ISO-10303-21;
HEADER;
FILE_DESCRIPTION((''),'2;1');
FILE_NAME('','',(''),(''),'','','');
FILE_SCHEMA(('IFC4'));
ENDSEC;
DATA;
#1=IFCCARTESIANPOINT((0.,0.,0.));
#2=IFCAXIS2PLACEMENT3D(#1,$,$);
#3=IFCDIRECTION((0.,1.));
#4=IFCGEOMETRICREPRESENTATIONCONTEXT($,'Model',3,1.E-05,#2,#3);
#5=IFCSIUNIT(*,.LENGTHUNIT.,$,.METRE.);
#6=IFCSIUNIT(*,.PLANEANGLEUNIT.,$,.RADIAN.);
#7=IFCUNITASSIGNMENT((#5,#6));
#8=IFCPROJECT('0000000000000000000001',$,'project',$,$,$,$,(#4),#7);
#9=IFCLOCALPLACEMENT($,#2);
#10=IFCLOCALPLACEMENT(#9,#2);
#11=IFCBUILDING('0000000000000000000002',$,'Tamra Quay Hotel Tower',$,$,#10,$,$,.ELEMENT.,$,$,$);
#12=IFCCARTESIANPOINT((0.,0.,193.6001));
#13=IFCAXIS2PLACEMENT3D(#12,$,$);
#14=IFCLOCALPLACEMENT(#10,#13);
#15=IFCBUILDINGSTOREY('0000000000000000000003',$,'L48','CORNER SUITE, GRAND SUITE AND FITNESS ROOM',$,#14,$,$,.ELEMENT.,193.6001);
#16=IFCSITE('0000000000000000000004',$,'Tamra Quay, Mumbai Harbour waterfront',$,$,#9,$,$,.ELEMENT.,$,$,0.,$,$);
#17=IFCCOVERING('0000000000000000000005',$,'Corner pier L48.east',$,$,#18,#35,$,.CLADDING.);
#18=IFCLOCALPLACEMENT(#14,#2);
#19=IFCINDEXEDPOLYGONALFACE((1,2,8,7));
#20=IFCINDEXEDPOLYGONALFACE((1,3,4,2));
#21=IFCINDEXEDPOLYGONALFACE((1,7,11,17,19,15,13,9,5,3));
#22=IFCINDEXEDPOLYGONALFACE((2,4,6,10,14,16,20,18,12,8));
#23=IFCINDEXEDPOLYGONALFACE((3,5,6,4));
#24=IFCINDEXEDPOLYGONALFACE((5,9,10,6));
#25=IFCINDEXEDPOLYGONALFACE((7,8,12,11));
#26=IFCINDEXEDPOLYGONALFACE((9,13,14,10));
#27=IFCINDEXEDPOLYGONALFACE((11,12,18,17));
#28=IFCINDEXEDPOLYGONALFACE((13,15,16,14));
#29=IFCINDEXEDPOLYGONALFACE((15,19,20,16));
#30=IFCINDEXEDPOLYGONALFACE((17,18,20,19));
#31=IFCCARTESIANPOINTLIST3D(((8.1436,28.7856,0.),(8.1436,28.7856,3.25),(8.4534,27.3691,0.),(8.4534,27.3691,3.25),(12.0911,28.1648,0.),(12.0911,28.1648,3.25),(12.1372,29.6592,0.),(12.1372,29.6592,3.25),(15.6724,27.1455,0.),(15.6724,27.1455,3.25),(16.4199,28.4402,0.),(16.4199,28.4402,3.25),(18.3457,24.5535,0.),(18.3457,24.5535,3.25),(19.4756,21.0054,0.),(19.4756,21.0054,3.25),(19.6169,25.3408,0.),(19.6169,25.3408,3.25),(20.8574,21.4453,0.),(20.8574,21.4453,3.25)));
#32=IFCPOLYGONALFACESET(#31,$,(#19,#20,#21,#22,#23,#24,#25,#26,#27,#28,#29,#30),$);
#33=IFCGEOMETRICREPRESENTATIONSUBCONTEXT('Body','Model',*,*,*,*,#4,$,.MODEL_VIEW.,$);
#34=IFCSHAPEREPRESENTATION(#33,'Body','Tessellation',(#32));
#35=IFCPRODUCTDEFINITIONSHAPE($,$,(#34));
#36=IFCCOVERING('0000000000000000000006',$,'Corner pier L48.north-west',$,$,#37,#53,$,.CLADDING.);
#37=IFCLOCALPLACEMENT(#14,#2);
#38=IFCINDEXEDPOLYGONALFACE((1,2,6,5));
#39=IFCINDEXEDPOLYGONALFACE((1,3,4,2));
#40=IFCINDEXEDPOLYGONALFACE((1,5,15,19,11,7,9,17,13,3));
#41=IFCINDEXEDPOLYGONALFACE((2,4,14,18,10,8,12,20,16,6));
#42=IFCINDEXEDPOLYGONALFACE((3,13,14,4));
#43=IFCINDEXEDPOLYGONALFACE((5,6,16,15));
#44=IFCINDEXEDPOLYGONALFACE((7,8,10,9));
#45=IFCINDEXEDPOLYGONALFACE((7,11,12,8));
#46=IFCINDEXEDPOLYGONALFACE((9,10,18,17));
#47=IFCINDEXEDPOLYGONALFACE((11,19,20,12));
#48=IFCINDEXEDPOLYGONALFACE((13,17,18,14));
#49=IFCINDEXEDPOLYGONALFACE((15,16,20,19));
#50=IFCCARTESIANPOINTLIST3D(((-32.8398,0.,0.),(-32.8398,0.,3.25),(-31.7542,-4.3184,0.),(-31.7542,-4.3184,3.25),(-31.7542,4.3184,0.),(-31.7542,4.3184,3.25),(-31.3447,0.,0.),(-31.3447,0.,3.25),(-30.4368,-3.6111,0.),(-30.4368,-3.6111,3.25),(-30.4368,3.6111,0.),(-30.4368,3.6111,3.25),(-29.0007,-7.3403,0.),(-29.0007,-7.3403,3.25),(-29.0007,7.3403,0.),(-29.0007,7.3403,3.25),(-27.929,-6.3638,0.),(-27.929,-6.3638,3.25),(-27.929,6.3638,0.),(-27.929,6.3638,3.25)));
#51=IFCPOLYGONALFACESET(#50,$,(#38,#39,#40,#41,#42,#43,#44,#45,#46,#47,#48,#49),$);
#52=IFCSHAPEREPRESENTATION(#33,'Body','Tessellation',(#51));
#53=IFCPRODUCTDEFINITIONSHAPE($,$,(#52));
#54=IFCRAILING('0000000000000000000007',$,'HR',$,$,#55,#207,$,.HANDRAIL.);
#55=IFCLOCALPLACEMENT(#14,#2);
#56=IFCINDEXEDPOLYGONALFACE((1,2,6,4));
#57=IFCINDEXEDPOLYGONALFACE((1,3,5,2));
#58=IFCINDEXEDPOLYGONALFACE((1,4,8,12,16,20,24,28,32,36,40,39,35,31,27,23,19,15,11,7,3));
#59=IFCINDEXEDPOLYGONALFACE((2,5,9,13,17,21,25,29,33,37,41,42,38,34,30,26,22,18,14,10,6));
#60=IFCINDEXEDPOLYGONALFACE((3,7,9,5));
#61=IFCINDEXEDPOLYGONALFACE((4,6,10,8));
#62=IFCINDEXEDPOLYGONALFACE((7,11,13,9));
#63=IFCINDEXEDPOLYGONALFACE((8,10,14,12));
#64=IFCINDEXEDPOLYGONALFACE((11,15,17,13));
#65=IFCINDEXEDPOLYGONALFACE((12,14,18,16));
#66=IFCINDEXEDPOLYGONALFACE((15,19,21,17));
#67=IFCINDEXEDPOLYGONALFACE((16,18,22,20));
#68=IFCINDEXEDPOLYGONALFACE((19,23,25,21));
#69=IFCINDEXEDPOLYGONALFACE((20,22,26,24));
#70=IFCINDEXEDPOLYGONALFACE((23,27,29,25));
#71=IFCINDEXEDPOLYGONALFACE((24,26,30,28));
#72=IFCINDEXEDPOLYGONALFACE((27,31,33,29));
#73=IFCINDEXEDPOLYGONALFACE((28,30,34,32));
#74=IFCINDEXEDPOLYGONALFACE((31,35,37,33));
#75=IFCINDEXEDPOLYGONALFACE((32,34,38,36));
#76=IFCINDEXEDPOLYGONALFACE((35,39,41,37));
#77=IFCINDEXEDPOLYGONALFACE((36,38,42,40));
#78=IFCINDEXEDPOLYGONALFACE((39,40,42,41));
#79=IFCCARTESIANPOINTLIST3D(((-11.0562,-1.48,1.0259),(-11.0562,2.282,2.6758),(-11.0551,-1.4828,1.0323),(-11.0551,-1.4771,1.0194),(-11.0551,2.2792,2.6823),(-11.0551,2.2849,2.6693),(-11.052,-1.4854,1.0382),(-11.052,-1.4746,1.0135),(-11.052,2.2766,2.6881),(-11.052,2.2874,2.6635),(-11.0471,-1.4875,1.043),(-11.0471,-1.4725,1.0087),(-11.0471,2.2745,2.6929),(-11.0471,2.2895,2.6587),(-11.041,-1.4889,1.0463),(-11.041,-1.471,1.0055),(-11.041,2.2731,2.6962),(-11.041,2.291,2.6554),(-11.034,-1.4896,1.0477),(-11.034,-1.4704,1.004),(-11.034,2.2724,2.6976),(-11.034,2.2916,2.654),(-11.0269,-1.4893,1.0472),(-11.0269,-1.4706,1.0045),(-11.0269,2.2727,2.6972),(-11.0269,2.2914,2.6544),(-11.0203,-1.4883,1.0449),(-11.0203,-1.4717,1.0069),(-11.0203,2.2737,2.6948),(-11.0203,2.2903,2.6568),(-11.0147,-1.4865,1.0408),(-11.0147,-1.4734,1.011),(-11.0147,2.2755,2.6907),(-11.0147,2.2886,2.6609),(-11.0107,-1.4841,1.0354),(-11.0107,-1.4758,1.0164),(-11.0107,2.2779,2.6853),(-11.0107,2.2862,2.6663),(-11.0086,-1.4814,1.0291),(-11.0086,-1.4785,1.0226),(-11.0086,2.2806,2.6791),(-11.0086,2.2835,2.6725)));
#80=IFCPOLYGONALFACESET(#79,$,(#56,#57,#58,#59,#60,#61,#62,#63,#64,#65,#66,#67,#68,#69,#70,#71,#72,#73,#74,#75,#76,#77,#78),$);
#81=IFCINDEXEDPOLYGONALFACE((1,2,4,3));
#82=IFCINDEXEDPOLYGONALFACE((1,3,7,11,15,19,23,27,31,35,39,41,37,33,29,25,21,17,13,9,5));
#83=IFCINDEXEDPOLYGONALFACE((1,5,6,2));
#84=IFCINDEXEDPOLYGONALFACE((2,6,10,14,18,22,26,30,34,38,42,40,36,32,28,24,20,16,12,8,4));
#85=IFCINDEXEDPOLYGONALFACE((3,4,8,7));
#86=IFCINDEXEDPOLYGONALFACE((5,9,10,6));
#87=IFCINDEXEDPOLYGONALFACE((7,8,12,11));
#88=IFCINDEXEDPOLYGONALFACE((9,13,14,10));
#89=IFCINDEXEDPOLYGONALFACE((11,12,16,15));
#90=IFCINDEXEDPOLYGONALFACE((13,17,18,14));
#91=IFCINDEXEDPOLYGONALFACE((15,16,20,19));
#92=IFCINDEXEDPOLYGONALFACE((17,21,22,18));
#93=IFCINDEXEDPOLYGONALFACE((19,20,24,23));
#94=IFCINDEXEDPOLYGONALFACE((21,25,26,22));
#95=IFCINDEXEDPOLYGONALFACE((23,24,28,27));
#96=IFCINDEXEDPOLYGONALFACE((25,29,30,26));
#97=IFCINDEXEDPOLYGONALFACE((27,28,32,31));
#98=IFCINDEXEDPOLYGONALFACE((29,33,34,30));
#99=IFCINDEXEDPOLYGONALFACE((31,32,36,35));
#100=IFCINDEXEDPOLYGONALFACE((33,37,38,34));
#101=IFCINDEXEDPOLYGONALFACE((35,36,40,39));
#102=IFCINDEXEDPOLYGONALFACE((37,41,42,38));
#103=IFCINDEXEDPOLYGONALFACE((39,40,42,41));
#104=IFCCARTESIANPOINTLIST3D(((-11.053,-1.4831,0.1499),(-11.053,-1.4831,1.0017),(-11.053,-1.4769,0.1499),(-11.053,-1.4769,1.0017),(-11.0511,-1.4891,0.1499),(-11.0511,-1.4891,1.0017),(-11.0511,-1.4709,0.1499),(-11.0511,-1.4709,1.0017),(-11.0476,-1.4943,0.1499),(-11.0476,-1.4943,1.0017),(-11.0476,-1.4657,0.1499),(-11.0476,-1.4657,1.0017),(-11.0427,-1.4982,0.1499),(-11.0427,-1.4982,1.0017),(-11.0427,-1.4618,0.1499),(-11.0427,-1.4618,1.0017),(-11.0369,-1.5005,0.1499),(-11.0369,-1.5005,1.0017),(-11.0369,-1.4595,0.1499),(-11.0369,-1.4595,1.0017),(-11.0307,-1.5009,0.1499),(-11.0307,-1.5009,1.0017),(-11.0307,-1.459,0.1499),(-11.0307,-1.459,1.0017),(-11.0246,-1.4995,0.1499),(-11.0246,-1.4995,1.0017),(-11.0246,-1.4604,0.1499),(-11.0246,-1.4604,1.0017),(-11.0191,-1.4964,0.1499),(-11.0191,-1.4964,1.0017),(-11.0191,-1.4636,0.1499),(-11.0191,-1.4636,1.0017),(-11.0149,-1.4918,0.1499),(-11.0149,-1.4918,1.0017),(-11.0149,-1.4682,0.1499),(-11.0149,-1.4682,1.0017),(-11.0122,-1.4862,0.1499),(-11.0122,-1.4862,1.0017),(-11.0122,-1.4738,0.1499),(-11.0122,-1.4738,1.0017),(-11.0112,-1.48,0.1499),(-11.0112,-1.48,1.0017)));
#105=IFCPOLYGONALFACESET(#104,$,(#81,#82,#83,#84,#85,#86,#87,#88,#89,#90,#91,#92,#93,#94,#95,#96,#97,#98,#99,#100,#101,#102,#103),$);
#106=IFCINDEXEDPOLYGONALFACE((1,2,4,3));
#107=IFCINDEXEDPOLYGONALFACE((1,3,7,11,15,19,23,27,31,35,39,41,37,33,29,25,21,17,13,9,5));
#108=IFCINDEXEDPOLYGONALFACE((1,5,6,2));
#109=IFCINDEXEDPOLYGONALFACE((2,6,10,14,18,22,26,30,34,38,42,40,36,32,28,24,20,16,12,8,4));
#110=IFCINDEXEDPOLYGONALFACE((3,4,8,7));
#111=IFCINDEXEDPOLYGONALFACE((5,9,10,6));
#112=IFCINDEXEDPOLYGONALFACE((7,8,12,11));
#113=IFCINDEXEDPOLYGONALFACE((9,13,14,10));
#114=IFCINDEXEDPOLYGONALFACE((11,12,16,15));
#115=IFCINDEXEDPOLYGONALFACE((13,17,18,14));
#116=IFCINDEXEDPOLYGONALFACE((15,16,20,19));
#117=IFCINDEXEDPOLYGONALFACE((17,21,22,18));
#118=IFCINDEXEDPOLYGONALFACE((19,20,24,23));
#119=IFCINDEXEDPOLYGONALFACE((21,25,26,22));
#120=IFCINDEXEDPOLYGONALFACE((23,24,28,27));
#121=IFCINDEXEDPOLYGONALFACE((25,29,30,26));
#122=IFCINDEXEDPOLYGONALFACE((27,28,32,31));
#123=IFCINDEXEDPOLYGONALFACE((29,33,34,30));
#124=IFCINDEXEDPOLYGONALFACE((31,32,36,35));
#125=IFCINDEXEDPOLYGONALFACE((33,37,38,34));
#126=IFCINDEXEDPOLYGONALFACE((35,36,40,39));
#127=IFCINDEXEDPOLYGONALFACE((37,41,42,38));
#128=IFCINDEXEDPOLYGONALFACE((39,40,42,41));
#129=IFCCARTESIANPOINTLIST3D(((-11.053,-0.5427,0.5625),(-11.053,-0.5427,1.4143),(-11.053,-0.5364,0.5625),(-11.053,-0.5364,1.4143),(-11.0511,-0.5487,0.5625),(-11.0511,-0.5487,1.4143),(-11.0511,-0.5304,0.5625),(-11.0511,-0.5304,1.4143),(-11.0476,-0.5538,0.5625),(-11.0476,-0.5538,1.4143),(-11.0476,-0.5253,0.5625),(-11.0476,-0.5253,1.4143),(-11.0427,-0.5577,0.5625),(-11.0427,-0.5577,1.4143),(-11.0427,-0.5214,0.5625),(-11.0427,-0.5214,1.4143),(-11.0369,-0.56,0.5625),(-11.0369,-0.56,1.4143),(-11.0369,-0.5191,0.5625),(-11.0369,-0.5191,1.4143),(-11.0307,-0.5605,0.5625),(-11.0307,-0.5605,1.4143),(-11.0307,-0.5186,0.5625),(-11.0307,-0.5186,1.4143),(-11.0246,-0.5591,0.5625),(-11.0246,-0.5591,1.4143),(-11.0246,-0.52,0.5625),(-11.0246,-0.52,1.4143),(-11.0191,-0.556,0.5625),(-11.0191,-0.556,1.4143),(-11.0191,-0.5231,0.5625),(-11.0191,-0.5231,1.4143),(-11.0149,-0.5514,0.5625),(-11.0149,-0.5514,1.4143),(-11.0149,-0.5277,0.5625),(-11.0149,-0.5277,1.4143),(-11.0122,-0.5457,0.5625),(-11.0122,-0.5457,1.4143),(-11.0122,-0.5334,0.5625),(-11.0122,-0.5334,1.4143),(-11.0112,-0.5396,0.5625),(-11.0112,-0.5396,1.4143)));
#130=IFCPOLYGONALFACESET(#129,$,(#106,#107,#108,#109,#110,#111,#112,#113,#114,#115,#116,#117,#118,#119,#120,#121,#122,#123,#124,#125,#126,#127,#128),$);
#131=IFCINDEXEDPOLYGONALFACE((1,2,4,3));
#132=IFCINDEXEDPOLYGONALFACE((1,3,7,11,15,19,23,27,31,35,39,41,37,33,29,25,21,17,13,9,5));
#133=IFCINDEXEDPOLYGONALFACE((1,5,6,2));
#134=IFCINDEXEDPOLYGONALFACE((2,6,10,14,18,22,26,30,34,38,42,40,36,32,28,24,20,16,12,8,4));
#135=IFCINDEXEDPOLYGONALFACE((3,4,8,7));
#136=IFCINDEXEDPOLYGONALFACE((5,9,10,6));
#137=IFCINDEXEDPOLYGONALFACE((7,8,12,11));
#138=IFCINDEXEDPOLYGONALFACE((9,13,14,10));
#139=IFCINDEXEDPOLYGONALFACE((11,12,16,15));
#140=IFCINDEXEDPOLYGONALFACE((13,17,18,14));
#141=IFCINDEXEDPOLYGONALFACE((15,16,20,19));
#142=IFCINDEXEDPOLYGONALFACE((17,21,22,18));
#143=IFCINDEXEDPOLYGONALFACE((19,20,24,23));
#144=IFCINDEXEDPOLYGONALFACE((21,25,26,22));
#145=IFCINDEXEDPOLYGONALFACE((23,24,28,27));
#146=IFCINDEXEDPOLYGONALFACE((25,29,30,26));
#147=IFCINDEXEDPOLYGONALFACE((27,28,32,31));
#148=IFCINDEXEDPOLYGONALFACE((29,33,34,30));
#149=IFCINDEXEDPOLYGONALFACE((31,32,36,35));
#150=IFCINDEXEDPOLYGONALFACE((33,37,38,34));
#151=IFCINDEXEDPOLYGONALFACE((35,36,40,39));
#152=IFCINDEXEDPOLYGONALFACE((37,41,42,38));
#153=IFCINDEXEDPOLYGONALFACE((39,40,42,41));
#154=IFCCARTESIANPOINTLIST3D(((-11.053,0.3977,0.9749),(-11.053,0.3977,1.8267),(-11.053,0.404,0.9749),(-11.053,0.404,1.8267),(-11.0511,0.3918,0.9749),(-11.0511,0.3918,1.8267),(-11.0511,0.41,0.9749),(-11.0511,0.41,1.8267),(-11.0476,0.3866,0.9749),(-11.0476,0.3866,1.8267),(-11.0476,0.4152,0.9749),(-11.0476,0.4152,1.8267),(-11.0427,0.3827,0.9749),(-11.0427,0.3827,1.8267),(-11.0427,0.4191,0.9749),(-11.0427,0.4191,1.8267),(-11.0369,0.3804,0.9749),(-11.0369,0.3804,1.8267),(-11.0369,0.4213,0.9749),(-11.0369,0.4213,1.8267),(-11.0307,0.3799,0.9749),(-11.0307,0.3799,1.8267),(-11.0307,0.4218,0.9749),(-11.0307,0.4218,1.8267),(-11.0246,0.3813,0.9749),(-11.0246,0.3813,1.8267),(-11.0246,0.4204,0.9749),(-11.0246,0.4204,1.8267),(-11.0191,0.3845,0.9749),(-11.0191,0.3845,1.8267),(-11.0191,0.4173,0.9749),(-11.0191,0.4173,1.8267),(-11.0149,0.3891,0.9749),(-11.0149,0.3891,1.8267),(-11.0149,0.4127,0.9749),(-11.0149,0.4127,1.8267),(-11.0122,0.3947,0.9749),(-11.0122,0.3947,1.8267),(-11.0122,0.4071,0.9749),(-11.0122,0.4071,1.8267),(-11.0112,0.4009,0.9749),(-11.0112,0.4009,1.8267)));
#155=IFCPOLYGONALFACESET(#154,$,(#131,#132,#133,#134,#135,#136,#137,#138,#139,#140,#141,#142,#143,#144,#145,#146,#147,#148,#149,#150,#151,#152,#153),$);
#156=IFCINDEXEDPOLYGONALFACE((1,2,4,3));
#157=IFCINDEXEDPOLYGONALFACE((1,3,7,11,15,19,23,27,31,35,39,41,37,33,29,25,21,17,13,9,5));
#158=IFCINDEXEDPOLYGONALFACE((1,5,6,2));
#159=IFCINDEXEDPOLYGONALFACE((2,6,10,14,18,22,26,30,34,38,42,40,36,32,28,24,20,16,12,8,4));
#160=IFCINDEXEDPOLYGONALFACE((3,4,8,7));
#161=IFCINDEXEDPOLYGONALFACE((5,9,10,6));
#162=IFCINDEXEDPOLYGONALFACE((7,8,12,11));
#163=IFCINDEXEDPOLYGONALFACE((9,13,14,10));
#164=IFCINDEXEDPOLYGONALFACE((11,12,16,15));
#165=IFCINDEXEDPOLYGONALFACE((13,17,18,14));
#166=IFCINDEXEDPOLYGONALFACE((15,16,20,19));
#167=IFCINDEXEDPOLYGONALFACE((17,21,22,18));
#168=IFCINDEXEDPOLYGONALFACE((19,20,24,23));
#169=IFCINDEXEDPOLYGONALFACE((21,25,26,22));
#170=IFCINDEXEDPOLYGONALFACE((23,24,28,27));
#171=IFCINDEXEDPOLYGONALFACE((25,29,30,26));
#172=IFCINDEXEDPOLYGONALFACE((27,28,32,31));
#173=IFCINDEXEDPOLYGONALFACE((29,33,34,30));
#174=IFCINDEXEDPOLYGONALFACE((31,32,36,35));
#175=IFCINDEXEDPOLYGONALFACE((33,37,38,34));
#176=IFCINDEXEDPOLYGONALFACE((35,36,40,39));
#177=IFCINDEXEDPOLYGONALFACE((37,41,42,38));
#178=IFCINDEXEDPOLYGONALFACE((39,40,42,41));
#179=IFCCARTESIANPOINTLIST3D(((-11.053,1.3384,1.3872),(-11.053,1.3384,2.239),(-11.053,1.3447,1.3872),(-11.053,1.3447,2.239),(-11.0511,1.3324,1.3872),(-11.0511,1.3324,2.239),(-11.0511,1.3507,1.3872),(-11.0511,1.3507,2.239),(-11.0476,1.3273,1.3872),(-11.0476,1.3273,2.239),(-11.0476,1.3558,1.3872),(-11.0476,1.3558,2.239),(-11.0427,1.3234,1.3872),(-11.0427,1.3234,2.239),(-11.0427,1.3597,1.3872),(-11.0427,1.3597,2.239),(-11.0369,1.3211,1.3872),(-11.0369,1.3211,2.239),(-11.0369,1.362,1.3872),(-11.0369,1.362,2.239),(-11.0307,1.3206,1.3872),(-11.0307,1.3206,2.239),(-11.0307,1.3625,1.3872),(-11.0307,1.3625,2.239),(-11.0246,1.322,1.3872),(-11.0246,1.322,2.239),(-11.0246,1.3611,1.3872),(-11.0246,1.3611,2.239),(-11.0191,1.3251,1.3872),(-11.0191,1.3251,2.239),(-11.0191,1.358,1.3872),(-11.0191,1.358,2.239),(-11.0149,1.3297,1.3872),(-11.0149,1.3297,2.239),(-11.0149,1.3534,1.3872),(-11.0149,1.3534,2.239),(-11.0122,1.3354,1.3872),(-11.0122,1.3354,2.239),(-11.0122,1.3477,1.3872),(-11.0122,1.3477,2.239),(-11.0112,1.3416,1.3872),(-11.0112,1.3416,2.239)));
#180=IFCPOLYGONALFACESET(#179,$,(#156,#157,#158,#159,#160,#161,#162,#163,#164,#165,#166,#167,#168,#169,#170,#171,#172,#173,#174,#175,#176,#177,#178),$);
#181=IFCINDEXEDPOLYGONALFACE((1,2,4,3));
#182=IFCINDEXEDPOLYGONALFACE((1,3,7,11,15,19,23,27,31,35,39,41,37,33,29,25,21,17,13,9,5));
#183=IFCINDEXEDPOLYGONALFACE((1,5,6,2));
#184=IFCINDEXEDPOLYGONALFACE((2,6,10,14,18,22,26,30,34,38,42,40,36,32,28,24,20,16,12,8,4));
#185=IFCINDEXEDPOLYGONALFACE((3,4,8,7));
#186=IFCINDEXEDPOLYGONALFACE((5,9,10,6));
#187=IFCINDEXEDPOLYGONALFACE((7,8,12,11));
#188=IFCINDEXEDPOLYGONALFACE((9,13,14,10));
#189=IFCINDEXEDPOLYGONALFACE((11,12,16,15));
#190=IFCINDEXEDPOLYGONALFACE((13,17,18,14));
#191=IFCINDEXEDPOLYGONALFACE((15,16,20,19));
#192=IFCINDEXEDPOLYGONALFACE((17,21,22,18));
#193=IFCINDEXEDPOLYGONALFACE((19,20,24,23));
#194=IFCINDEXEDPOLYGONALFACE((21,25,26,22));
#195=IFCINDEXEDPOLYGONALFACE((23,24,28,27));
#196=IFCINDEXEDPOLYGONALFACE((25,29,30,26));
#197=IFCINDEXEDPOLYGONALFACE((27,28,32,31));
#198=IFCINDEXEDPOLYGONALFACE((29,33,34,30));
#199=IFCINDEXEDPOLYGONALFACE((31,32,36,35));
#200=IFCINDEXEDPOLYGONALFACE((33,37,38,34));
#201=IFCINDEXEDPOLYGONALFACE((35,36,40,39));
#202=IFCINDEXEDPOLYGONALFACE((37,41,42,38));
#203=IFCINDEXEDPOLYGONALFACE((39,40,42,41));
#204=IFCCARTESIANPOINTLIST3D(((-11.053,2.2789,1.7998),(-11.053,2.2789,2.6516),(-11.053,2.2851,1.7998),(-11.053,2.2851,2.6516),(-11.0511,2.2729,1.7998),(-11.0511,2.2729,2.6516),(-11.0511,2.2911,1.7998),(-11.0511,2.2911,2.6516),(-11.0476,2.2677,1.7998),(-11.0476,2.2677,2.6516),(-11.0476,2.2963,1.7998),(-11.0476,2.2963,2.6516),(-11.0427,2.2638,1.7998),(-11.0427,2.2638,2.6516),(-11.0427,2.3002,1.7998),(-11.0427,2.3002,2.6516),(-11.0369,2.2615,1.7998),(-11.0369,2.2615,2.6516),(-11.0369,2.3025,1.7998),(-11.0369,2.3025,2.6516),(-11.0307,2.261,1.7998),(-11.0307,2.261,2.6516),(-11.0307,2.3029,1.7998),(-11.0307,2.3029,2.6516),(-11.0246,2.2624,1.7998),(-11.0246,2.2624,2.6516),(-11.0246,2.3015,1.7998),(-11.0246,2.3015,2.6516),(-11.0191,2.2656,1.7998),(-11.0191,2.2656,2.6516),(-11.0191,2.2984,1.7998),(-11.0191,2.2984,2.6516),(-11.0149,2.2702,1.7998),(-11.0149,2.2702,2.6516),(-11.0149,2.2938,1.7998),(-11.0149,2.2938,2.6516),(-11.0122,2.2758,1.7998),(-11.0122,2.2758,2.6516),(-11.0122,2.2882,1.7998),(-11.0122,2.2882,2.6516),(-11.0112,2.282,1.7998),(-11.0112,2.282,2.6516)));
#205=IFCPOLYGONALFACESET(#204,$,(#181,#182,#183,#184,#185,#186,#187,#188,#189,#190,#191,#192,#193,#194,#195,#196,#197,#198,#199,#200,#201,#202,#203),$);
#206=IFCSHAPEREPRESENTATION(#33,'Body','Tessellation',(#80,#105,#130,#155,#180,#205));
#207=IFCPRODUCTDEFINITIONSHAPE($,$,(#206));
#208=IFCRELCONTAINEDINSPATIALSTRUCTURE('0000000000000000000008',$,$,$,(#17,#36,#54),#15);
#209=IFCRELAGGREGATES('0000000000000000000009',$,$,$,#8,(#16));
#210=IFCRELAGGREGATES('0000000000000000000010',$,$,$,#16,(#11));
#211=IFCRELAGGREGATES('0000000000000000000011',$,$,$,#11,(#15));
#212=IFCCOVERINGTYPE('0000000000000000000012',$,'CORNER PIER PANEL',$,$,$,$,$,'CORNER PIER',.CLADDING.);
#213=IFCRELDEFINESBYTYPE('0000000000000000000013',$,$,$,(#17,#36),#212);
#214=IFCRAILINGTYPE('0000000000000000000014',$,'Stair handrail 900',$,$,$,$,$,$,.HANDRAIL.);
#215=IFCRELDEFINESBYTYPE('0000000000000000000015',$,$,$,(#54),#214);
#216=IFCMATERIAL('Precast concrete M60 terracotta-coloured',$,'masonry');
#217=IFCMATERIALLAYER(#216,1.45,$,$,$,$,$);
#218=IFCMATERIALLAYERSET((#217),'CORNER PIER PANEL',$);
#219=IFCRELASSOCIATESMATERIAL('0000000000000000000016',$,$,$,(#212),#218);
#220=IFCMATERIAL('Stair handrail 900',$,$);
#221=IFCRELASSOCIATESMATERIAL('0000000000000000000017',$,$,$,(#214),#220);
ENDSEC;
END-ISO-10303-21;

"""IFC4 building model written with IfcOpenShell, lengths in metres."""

from ifc_helpers import new_model, si_unit, direction, frame, origin, origin_2d, place, context, subcontext, project, spatial, polyline, circle, outline, extrude, material, layer, layer_set, type_object, element, save


model = new_model("IFC4")

# Units and contexts
model_context = context("Model", 3, precision=1e-05, world=origin(), true_north=direction((0.0, 1.0)))
body_context = subcontext(model_context, "Body", "Model", "MODEL_VIEW")
ifc_project = project(units=[si_unit("LENGTHUNIT", "METRE"), si_unit("PLANEANGLEUNIT", "RADIAN")], contexts=[model_context])

# Site, building, storey
site_placement = place(None, origin())
site = spatial("IfcSite", under=ifc_project, at=site_placement, Name="Tamra Quay, Mumbai Harbour waterfront", CompositionType="ELEMENT", RefElevation=0.0)
building_placement = place(site_placement, origin())
building = spatial("IfcBuilding", under=site, at=building_placement, Name="Tamra Quay Hotel Tower", CompositionType="ELEMENT")
storey_placement = place(building_placement, frame((0.0, 0.0, 193.6001)))
storey = spatial("IfcBuildingStorey", under=building, at=storey_placement, Name="L48", Description="CORNER SUITE, GRAND SUITE AND FITNESS ROOM", CompositionType="ELEMENT", Elevation=193.6001)

# Coverings
ifc_material_1 = material(Name="Precast concrete M60 terracotta-coloured", Category="masonry")
ifc_layer_1 = layer(ifc_material_1, 1.45)
ifc_layer_set_1 = layer_set([ifc_layer_1], Name="CORNER PIER PANEL")
covering_type = type_object("IfcCoveringType", Name="CORNER PIER PANEL", ElementType="CORNER PIER", PredefinedType="CLADDING", material=ifc_layer_set_1)
covering_1_placement = place(storey_placement, origin())
element("IfcCovering", 1, at=covering_1_placement, inside=storey, type_object=covering_type, Name="Corner pier L48.east", PredefinedType="CLADDING", context=body_context, shape_type="SweptSolid", body=[
    extrude(outline(polyline([(19.4756, 21.0054), (20.8574, 21.4453), (19.6169, 25.3408), (16.4199, 28.4402), (12.1372, 29.6592), (8.1436, 28.7856), (8.4534, 27.3691), (12.0911, 28.1648), (15.6724, 27.1455), (18.3457, 24.5535), (19.4756, 21.0054)])), origin(), (0.0, 0.0, 1.0), 3.25),
])
covering_2_placement = place(storey_placement, origin())
element("IfcCovering", 2, at=covering_2_placement, inside=storey, type_object=covering_type, Name="Corner pier L48.north-west", PredefinedType="CLADDING", context=body_context, shape_type="SweptSolid", body=[
    extrude(outline(polyline([(-27.929, 6.3638), (-29.0007, 7.3403), (-31.7542, 4.3184), (-32.8398, 0.0), (-31.7542, -4.3184), (-29.0007, -7.3403), (-27.929, -6.3638), (-30.4368, -3.6111), (-31.3447, 0.0), (-30.4368, 3.6111), (-27.929, 6.3638)])), origin(), (0.0, 0.0, 1.0), 3.25),
])

# Railing
ifc_material_2 = material(Name="Stair handrail 900")
railing_type = type_object("IfcRailingType", Name="Stair handrail 900", PredefinedType="HANDRAIL", material=ifc_material_2)
railing_placement = place(storey_placement, frame((-11.0322, -1.48, 0.1499)))
element("IfcRailing", 3, at=railing_placement, inside=storey, type_object=railing_type, Name="HR", PredefinedType="HANDRAIL", context=body_context, shape_type="SweptSolid", body=[
    extrude(circle(Radius=0.0239, at=origin_2d()), frame((0.0, 0.0, 0.876), z_axis=(0.0, 0.915795, 0.401645), x_axis=(-1.0, 0.0, 0.0)), (0.0, 0.0, 1.0), 4.1079),
    extrude(circle(Radius=0.021, at=origin_2d()), origin(), (0.0, 0.0, 1.0), 0.8518),
    extrude(circle(Radius=0.021, at=origin_2d()), frame((0.0, 0.9404, 0.4126)), (0.0, 0.0, 1.0), 0.8518),
    extrude(circle(Radius=0.021, at=origin_2d()), frame((0.0, 1.8809, 0.825)), (0.0, 0.0, 1.0), 0.8518),
    extrude(circle(Radius=0.021, at=origin_2d()), frame((0.0, 2.8215, 1.2373)), (0.0, 0.0, 1.0), 0.8518),
    extrude(circle(Radius=0.021, at=origin_2d()), frame((0.0, 3.762, 1.6499)), (0.0, 0.0, 1.0), 0.8518),
])

save(model, "model.ifc")
